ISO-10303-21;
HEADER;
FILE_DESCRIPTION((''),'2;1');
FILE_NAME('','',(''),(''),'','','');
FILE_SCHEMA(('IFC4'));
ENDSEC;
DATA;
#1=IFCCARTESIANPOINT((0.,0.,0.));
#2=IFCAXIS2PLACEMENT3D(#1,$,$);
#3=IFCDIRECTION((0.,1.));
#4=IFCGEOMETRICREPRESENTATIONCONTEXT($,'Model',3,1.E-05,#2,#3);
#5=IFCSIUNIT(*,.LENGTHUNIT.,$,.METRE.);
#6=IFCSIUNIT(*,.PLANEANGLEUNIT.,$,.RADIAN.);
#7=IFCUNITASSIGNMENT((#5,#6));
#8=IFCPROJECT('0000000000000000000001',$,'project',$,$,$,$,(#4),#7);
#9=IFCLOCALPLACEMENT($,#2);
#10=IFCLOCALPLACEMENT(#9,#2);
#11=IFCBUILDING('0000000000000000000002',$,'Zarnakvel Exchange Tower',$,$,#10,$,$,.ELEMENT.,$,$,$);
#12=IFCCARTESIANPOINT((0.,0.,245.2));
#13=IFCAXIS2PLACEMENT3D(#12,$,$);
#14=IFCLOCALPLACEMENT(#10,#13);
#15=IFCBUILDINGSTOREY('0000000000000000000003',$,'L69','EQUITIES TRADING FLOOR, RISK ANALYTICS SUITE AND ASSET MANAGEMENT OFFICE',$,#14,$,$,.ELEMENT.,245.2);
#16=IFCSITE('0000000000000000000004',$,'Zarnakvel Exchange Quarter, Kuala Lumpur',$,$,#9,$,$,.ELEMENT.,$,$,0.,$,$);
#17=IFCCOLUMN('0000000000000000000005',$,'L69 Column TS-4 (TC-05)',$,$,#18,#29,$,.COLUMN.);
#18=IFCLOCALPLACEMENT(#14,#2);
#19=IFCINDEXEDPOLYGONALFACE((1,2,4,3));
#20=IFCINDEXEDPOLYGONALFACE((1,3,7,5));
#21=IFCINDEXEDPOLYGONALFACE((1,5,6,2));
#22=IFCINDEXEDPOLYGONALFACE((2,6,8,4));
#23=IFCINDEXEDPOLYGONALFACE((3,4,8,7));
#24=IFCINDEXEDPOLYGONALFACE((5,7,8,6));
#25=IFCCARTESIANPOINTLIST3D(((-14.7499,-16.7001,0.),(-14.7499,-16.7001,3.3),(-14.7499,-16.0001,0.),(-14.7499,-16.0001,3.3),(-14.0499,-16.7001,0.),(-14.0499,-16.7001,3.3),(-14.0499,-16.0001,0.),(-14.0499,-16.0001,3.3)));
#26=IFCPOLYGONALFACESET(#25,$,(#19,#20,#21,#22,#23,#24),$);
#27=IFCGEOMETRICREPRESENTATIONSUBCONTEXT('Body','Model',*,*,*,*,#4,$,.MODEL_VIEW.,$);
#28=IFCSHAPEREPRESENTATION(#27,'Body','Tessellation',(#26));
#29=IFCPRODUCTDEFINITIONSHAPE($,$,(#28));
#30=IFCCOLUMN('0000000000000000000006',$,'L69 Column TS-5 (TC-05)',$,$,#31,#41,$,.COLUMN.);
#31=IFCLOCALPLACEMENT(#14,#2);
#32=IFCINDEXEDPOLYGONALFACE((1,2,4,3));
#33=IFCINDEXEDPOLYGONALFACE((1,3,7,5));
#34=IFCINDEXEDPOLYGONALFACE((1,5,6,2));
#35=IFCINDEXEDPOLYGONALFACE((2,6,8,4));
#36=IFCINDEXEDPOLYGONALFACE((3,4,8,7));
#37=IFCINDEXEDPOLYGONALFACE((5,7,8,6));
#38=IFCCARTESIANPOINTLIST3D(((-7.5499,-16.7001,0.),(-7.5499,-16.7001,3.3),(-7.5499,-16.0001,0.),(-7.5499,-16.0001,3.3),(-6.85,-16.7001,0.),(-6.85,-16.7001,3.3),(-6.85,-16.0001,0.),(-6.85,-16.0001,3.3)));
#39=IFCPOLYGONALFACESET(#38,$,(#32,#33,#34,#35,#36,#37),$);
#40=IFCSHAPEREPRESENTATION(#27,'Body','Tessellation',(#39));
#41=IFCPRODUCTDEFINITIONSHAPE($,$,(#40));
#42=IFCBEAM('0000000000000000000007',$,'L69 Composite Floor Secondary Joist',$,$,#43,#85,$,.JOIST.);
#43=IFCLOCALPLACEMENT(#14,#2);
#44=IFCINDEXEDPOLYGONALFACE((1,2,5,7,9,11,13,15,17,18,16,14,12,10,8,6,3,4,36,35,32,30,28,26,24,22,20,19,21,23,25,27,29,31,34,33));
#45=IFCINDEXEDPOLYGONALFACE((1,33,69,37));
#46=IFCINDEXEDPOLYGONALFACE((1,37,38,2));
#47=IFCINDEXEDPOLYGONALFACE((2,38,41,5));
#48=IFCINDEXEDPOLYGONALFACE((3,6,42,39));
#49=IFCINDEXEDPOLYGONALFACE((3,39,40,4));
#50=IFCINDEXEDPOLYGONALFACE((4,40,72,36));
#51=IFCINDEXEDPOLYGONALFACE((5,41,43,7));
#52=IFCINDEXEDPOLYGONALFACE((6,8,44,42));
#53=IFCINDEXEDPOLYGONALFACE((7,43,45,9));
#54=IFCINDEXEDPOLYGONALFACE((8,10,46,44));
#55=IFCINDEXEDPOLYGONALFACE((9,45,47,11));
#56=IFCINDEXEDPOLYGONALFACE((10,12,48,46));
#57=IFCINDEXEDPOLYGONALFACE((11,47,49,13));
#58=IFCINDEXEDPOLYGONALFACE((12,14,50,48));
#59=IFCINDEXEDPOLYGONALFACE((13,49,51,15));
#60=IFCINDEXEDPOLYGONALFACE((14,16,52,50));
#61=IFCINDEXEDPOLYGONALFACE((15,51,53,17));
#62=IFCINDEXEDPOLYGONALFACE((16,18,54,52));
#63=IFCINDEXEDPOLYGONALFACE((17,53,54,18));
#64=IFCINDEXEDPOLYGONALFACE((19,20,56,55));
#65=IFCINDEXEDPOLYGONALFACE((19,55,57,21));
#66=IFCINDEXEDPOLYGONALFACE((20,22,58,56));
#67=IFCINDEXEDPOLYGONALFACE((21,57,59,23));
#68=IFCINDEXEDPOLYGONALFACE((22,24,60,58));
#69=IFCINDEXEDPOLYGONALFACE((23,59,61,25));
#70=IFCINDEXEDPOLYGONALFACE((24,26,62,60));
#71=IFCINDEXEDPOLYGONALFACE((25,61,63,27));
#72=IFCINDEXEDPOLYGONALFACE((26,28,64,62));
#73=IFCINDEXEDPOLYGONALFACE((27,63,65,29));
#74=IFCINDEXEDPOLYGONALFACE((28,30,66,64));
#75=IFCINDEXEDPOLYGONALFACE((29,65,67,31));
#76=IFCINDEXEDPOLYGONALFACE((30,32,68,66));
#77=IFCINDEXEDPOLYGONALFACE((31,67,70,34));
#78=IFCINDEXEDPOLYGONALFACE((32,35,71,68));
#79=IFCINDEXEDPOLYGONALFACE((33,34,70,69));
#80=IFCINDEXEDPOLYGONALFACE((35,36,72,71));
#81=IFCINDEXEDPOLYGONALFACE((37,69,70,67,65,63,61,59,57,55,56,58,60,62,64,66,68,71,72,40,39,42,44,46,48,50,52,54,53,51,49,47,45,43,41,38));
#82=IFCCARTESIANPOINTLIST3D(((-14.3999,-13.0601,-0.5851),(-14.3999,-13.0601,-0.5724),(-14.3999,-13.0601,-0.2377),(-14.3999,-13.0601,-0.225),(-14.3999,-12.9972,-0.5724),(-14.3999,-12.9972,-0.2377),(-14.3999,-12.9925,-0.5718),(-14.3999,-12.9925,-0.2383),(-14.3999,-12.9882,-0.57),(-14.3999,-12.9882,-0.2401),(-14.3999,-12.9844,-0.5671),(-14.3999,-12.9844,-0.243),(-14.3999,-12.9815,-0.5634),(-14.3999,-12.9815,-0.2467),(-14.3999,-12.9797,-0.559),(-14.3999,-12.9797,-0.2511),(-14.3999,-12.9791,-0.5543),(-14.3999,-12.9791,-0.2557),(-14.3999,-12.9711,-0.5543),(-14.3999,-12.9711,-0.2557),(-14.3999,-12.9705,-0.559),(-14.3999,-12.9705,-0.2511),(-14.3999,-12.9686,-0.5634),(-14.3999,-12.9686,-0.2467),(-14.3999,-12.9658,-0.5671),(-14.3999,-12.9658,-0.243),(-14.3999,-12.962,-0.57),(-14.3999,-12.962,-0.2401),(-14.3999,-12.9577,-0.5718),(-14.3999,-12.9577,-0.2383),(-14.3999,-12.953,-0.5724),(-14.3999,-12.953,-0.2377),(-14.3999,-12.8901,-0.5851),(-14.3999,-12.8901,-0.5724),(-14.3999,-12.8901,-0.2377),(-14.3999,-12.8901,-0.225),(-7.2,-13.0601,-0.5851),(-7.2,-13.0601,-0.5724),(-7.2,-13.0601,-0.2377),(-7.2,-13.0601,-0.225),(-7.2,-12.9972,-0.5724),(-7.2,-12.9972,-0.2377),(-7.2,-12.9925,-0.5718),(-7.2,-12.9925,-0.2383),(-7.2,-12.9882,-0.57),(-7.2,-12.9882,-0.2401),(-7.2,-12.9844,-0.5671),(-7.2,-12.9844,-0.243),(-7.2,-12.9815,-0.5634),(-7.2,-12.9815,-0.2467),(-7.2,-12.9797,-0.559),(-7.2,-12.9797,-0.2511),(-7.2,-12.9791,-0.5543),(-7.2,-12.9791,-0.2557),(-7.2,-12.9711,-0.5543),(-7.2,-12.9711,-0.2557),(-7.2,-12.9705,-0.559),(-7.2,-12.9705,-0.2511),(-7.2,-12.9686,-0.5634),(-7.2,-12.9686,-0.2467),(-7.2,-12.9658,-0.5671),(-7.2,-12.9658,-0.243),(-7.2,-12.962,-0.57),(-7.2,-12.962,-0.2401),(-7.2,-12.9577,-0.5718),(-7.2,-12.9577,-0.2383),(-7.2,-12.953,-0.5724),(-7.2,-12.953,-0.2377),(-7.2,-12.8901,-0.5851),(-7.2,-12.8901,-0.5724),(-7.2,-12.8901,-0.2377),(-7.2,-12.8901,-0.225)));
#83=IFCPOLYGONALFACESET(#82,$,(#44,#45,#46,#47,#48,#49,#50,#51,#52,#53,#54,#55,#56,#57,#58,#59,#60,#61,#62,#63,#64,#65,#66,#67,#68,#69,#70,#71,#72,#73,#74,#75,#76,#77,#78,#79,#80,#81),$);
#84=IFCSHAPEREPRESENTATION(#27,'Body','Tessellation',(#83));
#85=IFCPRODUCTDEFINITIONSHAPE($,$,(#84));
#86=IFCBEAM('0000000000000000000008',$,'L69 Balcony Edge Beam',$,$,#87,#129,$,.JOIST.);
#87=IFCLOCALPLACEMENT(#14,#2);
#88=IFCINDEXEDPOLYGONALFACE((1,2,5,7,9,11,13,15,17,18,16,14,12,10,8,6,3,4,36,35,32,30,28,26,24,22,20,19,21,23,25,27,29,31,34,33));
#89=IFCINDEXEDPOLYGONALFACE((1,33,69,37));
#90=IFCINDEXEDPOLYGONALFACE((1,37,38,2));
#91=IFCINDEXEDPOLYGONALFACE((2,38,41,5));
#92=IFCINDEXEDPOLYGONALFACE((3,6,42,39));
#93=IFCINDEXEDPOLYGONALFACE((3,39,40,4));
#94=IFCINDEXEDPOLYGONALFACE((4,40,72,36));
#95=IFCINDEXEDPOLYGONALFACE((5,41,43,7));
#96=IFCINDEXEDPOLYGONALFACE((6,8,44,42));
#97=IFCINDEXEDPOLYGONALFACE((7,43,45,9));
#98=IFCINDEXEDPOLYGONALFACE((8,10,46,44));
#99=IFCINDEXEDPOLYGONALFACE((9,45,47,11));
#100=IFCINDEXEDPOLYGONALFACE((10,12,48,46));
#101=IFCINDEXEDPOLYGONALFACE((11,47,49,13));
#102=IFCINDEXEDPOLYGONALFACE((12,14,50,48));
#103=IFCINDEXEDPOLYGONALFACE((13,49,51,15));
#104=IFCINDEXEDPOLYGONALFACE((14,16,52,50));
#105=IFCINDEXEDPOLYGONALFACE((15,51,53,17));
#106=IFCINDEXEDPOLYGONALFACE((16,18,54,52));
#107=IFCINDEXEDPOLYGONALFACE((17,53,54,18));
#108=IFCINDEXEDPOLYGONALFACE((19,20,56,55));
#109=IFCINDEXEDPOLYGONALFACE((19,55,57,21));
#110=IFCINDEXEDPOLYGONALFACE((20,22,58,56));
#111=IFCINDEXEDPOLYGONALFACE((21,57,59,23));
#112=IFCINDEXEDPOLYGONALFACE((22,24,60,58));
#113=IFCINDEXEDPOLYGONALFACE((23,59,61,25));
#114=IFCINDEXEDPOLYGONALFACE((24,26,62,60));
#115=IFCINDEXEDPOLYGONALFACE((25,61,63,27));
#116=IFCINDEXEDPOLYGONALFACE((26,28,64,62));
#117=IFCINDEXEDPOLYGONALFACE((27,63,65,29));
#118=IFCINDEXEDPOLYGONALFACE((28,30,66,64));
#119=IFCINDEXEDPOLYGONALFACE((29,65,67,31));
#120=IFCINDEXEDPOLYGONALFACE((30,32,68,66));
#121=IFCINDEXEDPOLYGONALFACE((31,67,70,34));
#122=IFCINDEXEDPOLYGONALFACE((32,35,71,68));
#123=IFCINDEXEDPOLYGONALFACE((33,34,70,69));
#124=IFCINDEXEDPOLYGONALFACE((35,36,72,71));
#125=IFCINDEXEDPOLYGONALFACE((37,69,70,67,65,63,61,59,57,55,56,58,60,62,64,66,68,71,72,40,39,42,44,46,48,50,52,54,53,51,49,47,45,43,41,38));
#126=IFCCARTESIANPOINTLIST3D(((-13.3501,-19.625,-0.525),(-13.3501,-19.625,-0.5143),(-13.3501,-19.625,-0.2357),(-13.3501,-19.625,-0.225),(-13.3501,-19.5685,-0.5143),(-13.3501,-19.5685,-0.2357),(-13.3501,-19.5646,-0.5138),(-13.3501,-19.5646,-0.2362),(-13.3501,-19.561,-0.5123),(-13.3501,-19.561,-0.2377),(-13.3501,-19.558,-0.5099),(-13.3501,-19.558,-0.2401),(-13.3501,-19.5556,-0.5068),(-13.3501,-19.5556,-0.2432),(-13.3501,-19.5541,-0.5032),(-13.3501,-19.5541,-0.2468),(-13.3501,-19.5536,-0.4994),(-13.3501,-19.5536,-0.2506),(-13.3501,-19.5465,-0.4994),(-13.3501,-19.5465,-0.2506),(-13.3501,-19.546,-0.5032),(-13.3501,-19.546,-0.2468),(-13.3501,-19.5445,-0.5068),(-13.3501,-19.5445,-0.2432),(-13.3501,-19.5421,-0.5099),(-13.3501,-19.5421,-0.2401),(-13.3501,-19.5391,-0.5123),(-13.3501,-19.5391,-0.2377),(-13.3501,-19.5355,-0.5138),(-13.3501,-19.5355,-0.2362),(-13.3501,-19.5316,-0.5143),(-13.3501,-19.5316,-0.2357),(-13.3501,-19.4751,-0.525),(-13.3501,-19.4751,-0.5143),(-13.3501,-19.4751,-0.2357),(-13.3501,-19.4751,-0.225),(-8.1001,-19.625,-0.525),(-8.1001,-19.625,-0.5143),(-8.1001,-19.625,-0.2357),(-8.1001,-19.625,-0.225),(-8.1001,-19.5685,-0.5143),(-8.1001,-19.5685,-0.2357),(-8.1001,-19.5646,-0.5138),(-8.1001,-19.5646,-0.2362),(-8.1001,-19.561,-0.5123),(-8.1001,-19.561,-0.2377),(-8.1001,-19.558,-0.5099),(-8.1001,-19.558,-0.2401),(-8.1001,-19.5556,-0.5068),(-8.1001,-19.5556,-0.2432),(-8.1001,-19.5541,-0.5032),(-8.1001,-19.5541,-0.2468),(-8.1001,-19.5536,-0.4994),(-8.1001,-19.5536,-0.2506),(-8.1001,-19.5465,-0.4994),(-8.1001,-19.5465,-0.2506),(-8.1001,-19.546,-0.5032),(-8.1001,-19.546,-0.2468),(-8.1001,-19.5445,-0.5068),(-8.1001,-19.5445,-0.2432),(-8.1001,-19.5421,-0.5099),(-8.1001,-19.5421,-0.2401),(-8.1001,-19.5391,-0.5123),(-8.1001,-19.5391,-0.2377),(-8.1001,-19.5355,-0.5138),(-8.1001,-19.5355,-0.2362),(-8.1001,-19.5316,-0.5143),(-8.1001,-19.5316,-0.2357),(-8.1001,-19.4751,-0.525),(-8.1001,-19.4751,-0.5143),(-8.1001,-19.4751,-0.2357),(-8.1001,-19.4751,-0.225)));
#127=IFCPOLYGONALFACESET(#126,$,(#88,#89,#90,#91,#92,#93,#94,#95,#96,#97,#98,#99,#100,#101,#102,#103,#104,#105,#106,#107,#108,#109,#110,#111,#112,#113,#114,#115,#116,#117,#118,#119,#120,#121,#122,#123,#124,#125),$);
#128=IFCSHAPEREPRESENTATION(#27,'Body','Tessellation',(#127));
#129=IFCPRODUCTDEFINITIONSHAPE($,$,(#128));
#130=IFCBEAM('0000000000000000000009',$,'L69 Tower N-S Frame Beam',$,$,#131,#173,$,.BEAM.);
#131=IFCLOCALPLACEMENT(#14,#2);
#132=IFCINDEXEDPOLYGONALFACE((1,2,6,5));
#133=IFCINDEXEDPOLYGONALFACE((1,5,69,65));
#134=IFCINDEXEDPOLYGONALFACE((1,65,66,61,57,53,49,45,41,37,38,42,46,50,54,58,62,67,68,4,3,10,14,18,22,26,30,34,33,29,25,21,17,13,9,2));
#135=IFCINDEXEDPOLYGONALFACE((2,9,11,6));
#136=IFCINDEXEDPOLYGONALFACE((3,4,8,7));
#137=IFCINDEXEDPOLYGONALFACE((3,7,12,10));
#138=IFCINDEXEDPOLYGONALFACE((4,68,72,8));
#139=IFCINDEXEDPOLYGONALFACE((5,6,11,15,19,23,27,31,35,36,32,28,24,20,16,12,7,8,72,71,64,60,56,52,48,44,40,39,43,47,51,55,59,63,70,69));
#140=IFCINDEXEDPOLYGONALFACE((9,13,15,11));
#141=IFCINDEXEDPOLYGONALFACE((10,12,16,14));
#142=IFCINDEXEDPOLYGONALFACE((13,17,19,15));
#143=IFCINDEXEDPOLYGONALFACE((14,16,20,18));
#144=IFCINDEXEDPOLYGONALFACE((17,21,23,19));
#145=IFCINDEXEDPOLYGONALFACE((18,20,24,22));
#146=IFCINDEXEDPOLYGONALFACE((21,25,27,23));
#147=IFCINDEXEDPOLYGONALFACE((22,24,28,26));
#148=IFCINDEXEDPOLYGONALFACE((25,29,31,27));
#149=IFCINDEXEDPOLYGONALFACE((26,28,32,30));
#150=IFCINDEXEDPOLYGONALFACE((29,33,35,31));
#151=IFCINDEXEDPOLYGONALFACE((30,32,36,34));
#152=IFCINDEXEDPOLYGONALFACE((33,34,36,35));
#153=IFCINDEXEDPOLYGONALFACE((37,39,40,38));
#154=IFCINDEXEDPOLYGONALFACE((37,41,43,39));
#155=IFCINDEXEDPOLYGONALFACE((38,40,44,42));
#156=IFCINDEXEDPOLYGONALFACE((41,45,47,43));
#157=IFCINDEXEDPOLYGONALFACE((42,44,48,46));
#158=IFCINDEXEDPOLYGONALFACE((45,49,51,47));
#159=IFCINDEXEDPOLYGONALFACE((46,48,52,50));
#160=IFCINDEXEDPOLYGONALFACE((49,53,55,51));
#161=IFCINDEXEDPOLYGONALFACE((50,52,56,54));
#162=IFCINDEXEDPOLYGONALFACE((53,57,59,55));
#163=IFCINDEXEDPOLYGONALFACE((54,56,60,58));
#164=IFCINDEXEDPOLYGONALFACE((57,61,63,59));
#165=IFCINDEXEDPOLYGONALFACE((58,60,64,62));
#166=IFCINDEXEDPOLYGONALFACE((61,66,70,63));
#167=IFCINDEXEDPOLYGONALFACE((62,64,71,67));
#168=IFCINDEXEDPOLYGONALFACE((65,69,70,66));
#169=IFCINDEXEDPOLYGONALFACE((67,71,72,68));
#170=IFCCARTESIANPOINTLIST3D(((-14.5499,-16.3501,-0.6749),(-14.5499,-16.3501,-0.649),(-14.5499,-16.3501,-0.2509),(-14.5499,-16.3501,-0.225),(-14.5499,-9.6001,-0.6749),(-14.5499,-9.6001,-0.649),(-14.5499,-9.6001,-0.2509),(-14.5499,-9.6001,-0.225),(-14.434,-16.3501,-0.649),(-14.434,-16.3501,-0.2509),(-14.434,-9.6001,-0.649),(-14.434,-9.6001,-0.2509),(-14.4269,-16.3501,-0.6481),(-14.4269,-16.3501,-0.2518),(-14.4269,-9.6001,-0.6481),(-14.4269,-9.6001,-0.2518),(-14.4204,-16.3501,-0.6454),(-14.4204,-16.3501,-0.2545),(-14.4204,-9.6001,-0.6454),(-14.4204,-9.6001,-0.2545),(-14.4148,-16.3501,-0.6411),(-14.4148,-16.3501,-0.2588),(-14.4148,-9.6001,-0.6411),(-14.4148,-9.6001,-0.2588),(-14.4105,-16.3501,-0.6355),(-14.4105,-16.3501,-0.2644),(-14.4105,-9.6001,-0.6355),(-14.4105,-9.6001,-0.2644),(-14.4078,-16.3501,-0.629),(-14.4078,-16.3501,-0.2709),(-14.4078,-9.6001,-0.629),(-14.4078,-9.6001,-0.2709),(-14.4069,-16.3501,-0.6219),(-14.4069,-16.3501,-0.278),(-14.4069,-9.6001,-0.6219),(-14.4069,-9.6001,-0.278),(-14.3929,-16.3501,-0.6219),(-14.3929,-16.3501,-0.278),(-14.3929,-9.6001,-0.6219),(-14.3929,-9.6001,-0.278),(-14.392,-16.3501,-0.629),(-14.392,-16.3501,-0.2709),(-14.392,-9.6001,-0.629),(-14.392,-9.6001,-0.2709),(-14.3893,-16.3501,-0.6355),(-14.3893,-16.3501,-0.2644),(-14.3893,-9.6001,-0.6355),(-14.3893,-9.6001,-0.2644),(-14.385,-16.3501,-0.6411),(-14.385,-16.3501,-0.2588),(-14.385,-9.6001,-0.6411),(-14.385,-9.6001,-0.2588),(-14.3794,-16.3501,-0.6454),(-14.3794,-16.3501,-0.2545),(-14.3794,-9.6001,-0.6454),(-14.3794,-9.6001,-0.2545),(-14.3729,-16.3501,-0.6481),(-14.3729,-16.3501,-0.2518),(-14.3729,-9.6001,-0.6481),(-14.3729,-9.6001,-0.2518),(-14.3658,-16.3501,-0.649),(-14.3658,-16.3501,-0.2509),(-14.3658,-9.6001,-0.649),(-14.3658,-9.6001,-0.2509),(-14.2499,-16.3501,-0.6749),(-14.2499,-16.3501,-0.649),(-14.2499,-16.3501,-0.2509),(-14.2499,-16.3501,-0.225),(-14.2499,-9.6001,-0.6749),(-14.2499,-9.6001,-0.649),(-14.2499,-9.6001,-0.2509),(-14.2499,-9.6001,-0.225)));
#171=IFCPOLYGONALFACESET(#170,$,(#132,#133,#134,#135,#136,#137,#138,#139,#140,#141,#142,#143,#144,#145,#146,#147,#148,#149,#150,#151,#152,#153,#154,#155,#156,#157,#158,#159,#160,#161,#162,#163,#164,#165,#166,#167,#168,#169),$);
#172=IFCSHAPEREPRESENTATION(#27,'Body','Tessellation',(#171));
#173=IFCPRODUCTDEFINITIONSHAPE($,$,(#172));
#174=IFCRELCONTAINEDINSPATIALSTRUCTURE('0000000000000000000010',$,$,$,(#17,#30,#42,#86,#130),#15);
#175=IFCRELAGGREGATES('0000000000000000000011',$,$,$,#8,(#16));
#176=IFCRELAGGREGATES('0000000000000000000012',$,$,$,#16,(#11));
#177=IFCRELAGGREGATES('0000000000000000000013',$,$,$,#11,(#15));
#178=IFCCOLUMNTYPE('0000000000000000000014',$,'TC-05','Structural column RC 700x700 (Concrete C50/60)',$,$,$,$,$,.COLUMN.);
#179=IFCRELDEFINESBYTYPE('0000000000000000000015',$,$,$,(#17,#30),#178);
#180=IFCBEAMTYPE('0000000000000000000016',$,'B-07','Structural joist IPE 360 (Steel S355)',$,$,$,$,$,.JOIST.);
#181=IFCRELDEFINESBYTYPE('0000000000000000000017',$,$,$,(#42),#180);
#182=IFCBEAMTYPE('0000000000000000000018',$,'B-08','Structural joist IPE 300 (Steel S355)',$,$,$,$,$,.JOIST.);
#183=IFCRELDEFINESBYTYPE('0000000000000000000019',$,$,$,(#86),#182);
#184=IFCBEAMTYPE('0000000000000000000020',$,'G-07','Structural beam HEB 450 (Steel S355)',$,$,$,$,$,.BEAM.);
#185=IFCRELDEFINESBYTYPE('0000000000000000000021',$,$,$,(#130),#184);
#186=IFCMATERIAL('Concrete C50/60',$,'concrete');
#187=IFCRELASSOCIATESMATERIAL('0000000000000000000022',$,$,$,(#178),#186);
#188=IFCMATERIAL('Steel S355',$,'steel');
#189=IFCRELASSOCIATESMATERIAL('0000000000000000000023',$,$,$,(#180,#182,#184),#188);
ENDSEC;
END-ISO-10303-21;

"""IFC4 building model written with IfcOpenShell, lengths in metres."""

from ifc_helpers import new_model, si_unit, direction, frame, origin, origin_2d, place, context, subcontext, project, spatial, rectangle, i_section, extrude, material, material_profile, profile_set, type_object, element, save


model = new_model("IFC4")

# Units and contexts
model_context = context("Model", 3, precision=1e-05, world=origin(), true_north=direction((0.0, 1.0)))
body_context = subcontext(model_context, "Body", "Model", "MODEL_VIEW")
ifc_project = project(units=[si_unit("LENGTHUNIT", "METRE"), si_unit("PLANEANGLEUNIT", "RADIAN")], contexts=[model_context])

# Site, building, storey
site_placement = place(None, origin())
site = spatial("IfcSite", under=ifc_project, at=site_placement, Name="Zarnakvel Exchange Quarter, Kuala Lumpur", CompositionType="ELEMENT", RefElevation=0.0)
building_placement = place(site_placement, origin())
building = spatial("IfcBuilding", under=site, at=building_placement, Name="Zarnakvel Exchange Tower", CompositionType="ELEMENT")
storey_placement = place(building_placement, frame((0.0, 0.0, 245.2)))
storey = spatial("IfcBuildingStorey", under=building, at=storey_placement, Name="L69", Description="EQUITIES TRADING FLOOR, RISK ANALYTICS SUITE AND ASSET MANAGEMENT OFFICE", CompositionType="ELEMENT", Elevation=245.2)

# Columns
ifc_material_1 = material(Name="Concrete C50/60", Category="concrete")
ifc_material_profile_1 = material_profile(ifc_material_1, rectangle(XDim=0.7, YDim=0.7, at=origin_2d()))
ifc_profile_set_1 = profile_set([ifc_material_profile_1], Name="Concrete C50/60")
column_type = type_object("IfcColumnType", Name="TC-05", Description="Structural column RC 700x700 (Concrete C50/60)", PredefinedType="COLUMN", material=ifc_profile_set_1)
for number, where, z_axis, x_axis, name in (
    (1, (-14.3999, -16.3501, 0.0), (0.0, 0.0, 1.0), (1.0, 0.0, 0.0), "L69 Column TS-4 (TC-05)"),
    (2, (-7.2, -16.3501, 0.0), (0.0, 0.0, 1.0), (1.0, 0.0, 0.0), "L69 Column TS-5 (TC-05)"),
):
    element("IfcColumn", number, at=place(storey_placement, frame(where, z_axis=z_axis, x_axis=x_axis)), inside=storey, type_object=column_type, Name=name, PredefinedType="COLUMN", context=body_context, shape_type="SweptSolid", body=[
        extrude(rectangle(XDim=0.7, YDim=0.7, at=origin_2d()), origin(), (0.0, 0.0, 1.0), 3.3),
    ])

# Beams
ifc_material_2 = material(Name="Steel S355", Category="steel")
ifc_material_profile_2 = material_profile(ifc_material_2, i_section(OverallWidth=0.1699, OverallDepth=0.3601, WebThickness=0.0081, FlangeThickness=0.0127, FilletRadius=0.0181, at=origin_2d()))
ifc_profile_set_2 = profile_set([ifc_material_profile_2], Name="Steel S355")
beam_type_1 = type_object("IfcBeamType", Name="B-07", Description="Structural joist IPE 360 (Steel S355)", PredefinedType="JOIST", material=ifc_profile_set_2)
beam_1_placement = place(storey_placement, frame((-14.3999, -12.9751, -0.405), z_axis=(1.0, 0.0, 0.0), x_axis=(0.0, 1.0, 0.0)))
element("IfcBeam", 3, at=beam_1_placement, inside=storey, type_object=beam_type_1, Name="L69 Composite Floor Secondary Joist", PredefinedType="JOIST", context=body_context, shape_type="SweptSolid", body=[
    extrude(i_section(OverallWidth=0.1699, OverallDepth=0.3601, WebThickness=0.0081, FlangeThickness=0.0127, FilletRadius=0.0181, at=origin_2d()), origin(), (0.0, 0.0, 1.0), 7.2),
])
ifc_material_profile_3 = material_profile(ifc_material_2, i_section(OverallWidth=0.1499, OverallDepth=0.3, WebThickness=0.0071, FlangeThickness=0.0107, FilletRadius=0.0149, at=origin_2d()))
ifc_profile_set_3 = profile_set([ifc_material_profile_3], Name="Steel S355")
beam_type_2 = type_object("IfcBeamType", Name="B-08", Description="Structural joist IPE 300 (Steel S355)", PredefinedType="JOIST", material=ifc_profile_set_3)
beam_2_placement = place(storey_placement, frame((-13.3501, -19.55, -0.375), z_axis=(1.0, 0.0, 0.0), x_axis=(0.0, 1.0, 0.0)))
element("IfcBeam", 4, at=beam_2_placement, inside=storey, type_object=beam_type_2, Name="L69 Balcony Edge Beam", PredefinedType="JOIST", context=body_context, shape_type="SweptSolid", body=[
    extrude(i_section(OverallWidth=0.1499, OverallDepth=0.3, WebThickness=0.0071, FlangeThickness=0.0107, FilletRadius=0.0149, at=origin_2d()), origin(), (0.0, 0.0, 1.0), 5.25),
])
ifc_material_profile_4 = material_profile(ifc_material_2, i_section(OverallWidth=0.3, OverallDepth=0.45, WebThickness=0.0139, FlangeThickness=0.0259, FilletRadius=0.0271, at=origin_2d()))
ifc_profile_set_4 = profile_set([ifc_material_profile_4], Name="Steel S355")
beam_type_3 = type_object("IfcBeamType", Name="G-07", Description="Structural beam HEB 450 (Steel S355)", PredefinedType="BEAM", material=ifc_profile_set_4)
beam_3_placement = place(storey_placement, frame((-14.3999, -16.3501, -0.45), z_axis=(0.0, 1.0, 0.0), x_axis=(-1.0, 0.0, 0.0)))
element("IfcBeam", 5, at=beam_3_placement, inside=storey, type_object=beam_type_3, Name="L69 Tower N-S Frame Beam", PredefinedType="BEAM", context=body_context, shape_type="SweptSolid", body=[
    extrude(i_section(OverallWidth=0.3, OverallDepth=0.45, WebThickness=0.0139, FlangeThickness=0.0259, FilletRadius=0.0271, at=origin_2d()), origin(), (0.0, 0.0, 1.0), 6.75),
])

save(model, "model.ifc")
